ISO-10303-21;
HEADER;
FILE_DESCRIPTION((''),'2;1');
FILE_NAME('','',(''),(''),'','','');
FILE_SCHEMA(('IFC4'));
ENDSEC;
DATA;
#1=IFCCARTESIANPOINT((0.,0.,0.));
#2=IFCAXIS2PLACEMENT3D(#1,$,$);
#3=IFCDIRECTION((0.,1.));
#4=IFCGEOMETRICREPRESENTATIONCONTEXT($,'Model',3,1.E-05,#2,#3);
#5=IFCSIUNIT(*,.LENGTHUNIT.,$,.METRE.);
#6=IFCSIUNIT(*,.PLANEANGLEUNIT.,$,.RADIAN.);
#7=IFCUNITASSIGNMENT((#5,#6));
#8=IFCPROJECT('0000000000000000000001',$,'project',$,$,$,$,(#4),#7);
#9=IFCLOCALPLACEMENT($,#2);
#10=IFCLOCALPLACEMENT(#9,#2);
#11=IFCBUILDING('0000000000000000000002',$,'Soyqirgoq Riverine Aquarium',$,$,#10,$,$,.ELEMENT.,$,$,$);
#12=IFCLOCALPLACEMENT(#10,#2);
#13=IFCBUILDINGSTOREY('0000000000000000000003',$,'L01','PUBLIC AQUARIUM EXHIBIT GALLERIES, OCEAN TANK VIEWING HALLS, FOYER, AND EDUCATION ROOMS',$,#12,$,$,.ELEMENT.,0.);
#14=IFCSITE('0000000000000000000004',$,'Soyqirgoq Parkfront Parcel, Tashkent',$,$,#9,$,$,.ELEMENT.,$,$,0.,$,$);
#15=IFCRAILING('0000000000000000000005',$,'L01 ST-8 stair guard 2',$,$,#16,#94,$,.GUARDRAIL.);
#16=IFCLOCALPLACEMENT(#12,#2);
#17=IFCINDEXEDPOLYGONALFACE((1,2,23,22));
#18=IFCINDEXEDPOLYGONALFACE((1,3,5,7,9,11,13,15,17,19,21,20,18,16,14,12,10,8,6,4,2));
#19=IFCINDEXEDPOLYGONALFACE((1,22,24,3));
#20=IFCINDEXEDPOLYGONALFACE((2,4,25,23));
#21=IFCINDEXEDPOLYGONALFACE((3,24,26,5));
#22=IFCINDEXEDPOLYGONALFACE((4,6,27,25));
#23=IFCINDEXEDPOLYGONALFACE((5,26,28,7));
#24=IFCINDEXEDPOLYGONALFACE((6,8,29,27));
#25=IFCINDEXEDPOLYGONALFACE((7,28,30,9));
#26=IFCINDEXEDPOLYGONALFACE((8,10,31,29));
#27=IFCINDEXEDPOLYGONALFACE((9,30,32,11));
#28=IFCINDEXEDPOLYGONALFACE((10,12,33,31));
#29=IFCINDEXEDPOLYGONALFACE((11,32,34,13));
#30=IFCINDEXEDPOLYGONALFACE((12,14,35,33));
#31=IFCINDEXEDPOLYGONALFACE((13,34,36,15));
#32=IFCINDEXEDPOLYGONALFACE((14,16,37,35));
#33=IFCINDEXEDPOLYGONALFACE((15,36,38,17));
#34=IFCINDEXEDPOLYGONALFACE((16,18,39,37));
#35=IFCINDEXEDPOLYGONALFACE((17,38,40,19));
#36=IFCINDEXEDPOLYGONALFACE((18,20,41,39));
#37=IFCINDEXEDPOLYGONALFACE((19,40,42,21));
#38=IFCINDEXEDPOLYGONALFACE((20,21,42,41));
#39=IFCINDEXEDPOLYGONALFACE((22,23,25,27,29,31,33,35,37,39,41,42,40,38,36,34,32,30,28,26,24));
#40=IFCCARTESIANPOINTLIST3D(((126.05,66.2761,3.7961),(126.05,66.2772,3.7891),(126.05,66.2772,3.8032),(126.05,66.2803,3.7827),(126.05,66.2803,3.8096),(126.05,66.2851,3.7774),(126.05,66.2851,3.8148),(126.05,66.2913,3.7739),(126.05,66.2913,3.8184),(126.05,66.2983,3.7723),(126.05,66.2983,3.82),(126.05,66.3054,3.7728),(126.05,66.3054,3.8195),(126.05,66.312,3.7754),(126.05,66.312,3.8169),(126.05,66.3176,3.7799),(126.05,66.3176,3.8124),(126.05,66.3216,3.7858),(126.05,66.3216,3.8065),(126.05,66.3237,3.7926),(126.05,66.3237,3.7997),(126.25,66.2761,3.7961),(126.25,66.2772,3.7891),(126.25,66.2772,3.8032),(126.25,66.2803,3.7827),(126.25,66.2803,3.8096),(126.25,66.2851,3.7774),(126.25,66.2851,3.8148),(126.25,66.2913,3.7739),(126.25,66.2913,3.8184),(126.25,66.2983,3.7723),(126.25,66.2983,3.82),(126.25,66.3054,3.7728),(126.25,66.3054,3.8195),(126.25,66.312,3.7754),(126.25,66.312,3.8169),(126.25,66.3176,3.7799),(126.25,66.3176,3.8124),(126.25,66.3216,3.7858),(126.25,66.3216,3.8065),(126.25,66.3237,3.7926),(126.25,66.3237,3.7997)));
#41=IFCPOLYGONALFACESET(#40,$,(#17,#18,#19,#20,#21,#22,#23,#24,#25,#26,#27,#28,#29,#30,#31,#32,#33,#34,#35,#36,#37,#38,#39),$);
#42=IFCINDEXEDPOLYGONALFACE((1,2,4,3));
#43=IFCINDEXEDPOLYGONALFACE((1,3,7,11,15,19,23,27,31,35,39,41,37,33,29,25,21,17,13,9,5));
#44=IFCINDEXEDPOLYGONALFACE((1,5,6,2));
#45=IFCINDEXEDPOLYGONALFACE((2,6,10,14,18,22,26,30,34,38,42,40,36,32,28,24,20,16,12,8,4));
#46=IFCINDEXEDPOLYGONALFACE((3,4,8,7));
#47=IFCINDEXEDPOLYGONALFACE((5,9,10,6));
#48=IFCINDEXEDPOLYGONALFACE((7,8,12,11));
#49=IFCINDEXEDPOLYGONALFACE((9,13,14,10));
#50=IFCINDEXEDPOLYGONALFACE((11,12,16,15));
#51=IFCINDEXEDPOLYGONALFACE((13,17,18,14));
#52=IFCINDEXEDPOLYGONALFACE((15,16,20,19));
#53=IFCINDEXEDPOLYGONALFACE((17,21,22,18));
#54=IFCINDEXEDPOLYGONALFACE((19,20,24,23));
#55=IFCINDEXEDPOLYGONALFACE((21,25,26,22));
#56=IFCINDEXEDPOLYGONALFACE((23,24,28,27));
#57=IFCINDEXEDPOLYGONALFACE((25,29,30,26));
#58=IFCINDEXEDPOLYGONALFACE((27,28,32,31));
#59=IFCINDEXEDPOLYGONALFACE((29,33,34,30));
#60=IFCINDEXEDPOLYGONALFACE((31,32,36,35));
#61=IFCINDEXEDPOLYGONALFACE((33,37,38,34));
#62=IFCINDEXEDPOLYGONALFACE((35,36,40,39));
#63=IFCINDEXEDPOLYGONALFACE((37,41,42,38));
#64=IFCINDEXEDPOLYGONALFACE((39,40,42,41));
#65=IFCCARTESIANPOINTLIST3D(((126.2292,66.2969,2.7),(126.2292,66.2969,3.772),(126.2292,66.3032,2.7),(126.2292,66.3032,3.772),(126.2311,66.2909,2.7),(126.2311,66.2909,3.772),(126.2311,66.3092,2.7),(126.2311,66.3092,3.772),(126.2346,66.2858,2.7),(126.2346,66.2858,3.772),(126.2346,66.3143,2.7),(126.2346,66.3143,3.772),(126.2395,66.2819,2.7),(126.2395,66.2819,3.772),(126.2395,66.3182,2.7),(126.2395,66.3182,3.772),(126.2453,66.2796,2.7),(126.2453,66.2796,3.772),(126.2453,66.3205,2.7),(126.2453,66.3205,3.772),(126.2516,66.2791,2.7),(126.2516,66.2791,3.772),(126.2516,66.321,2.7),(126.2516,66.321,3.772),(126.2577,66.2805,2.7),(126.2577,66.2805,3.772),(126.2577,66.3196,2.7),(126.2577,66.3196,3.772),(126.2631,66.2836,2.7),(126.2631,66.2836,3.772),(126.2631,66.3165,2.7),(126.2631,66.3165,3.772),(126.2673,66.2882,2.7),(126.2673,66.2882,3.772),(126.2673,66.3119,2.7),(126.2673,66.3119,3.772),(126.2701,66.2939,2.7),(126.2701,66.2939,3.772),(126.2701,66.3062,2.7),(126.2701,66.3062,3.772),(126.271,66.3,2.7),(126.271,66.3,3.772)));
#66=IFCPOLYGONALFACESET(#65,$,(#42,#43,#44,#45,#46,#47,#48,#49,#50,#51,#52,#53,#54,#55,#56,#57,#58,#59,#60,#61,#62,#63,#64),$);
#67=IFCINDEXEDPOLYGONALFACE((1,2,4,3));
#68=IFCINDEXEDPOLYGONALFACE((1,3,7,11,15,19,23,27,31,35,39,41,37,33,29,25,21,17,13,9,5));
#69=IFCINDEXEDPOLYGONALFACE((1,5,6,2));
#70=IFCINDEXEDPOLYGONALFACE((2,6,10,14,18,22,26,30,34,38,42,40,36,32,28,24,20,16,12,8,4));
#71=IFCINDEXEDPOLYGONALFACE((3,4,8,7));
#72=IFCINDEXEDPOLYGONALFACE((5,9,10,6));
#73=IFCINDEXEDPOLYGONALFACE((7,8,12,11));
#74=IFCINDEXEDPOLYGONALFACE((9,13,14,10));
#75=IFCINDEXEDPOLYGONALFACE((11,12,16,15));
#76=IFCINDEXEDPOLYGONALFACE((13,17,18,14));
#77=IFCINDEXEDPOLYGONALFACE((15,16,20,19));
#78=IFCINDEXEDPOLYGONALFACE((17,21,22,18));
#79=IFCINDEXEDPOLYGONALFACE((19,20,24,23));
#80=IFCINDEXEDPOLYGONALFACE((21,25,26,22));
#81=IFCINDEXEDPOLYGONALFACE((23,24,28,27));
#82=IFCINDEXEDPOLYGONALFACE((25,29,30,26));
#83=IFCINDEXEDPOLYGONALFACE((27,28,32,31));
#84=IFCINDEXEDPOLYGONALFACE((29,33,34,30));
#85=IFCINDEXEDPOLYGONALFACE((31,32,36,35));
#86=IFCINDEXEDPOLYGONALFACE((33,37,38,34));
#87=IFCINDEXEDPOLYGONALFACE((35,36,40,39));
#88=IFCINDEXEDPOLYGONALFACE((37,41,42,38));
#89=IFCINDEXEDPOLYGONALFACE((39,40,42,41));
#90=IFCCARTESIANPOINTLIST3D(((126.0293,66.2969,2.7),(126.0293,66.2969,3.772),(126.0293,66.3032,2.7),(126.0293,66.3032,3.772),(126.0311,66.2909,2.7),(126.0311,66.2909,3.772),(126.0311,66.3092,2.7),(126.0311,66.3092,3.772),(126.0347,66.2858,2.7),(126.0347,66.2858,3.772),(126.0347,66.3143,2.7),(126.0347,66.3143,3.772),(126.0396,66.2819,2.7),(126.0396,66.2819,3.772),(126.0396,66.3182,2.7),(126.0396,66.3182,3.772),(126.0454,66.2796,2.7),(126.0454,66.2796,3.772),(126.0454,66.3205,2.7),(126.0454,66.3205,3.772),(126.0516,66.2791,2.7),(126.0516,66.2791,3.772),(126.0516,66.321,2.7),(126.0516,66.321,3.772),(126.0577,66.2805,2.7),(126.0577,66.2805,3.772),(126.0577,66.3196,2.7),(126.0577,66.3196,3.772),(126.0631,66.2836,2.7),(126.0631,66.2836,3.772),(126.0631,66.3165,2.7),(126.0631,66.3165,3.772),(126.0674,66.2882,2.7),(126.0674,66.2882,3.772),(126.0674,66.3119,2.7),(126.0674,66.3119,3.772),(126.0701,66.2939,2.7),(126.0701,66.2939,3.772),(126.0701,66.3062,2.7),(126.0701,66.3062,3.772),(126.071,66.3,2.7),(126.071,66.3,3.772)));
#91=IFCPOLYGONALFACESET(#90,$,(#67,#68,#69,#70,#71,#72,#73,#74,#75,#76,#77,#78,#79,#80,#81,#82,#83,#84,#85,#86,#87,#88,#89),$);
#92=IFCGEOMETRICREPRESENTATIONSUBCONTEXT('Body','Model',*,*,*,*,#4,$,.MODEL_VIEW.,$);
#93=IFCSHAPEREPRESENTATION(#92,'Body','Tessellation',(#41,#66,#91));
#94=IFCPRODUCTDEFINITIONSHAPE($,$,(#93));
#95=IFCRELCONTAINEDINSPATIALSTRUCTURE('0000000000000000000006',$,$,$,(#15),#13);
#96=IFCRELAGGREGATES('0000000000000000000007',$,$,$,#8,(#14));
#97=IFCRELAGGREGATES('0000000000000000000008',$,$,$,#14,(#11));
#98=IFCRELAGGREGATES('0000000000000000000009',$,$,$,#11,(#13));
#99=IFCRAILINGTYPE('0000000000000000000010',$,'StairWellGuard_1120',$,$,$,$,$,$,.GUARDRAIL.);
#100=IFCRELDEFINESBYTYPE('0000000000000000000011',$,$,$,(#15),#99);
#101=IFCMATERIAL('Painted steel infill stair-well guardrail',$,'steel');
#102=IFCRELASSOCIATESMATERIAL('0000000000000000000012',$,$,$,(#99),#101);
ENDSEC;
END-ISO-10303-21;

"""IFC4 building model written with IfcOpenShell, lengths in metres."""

from ifc_helpers import new_model, si_unit, direction, frame, origin, origin_2d, place, context, subcontext, project, spatial, circle, extrude, material, type_object, element, save


model = new_model("IFC4")

# Units and contexts
model_context = context("Model", 3, precision=1e-05, world=origin(), true_north=direction((0.0, 1.0)))
body_context = subcontext(model_context, "Body", "Model", "MODEL_VIEW")
ifc_project = project(units=[si_unit("LENGTHUNIT", "METRE"), si_unit("PLANEANGLEUNIT", "RADIAN")], contexts=[model_context])

# Site, building, storey
site_placement = place(None, origin())
site = spatial("IfcSite", under=ifc_project, at=site_placement, Name="Soyqirgoq Parkfront Parcel, Tashkent", CompositionType="ELEMENT", RefElevation=0.0)
building_placement = place(site_placement, origin())
building = spatial("IfcBuilding", under=site, at=building_placement, Name="Soyqirgoq Riverine Aquarium", CompositionType="ELEMENT")
storey_placement = place(building_placement, origin())
storey = spatial("IfcBuildingStorey", under=building, at=storey_placement, Name="L01", Description="PUBLIC AQUARIUM EXHIBIT GALLERIES, OCEAN TANK VIEWING HALLS, FOYER, AND EDUCATION ROOMS", CompositionType="ELEMENT", Elevation=0.0)

# Railing
ifc_material_1 = material(Name="Painted steel infill stair-well guardrail", Category="steel")
railing_type_1 = type_object("IfcRailingType", Name="StairWellGuard_1120", PredefinedType="GUARDRAIL", material=ifc_material_1)
railing_1_placement = place(storey_placement, frame((126.25, 66.3, 2.7)))
element("IfcRailing", 1, at=railing_1_placement, inside=storey, type_object=railing_type_1, Name="L01 ST-8 stair guard 2", PredefinedType="GUARDRAIL", context=body_context, shape_type="SweptSolid", body=[
    extrude(circle(Radius=0.0239, at=origin_2d()), frame((0.0, 0.0, 1.0962), z_axis=(-1.0, 0.0, 0.0), x_axis=(0.0, -1.0, 0.0)), (0.0, 0.0, 1.0), 0.2),
    extrude(circle(Radius=0.021, at=origin_2d()), origin(), (0.0, 0.0, 1.0), 1.072),
    extrude(circle(Radius=0.021, at=origin_2d()), frame((-0.2, 0.0, 0.0)), (0.0, 0.0, 1.0), 1.072),
])

save(model, "model.ifc")
